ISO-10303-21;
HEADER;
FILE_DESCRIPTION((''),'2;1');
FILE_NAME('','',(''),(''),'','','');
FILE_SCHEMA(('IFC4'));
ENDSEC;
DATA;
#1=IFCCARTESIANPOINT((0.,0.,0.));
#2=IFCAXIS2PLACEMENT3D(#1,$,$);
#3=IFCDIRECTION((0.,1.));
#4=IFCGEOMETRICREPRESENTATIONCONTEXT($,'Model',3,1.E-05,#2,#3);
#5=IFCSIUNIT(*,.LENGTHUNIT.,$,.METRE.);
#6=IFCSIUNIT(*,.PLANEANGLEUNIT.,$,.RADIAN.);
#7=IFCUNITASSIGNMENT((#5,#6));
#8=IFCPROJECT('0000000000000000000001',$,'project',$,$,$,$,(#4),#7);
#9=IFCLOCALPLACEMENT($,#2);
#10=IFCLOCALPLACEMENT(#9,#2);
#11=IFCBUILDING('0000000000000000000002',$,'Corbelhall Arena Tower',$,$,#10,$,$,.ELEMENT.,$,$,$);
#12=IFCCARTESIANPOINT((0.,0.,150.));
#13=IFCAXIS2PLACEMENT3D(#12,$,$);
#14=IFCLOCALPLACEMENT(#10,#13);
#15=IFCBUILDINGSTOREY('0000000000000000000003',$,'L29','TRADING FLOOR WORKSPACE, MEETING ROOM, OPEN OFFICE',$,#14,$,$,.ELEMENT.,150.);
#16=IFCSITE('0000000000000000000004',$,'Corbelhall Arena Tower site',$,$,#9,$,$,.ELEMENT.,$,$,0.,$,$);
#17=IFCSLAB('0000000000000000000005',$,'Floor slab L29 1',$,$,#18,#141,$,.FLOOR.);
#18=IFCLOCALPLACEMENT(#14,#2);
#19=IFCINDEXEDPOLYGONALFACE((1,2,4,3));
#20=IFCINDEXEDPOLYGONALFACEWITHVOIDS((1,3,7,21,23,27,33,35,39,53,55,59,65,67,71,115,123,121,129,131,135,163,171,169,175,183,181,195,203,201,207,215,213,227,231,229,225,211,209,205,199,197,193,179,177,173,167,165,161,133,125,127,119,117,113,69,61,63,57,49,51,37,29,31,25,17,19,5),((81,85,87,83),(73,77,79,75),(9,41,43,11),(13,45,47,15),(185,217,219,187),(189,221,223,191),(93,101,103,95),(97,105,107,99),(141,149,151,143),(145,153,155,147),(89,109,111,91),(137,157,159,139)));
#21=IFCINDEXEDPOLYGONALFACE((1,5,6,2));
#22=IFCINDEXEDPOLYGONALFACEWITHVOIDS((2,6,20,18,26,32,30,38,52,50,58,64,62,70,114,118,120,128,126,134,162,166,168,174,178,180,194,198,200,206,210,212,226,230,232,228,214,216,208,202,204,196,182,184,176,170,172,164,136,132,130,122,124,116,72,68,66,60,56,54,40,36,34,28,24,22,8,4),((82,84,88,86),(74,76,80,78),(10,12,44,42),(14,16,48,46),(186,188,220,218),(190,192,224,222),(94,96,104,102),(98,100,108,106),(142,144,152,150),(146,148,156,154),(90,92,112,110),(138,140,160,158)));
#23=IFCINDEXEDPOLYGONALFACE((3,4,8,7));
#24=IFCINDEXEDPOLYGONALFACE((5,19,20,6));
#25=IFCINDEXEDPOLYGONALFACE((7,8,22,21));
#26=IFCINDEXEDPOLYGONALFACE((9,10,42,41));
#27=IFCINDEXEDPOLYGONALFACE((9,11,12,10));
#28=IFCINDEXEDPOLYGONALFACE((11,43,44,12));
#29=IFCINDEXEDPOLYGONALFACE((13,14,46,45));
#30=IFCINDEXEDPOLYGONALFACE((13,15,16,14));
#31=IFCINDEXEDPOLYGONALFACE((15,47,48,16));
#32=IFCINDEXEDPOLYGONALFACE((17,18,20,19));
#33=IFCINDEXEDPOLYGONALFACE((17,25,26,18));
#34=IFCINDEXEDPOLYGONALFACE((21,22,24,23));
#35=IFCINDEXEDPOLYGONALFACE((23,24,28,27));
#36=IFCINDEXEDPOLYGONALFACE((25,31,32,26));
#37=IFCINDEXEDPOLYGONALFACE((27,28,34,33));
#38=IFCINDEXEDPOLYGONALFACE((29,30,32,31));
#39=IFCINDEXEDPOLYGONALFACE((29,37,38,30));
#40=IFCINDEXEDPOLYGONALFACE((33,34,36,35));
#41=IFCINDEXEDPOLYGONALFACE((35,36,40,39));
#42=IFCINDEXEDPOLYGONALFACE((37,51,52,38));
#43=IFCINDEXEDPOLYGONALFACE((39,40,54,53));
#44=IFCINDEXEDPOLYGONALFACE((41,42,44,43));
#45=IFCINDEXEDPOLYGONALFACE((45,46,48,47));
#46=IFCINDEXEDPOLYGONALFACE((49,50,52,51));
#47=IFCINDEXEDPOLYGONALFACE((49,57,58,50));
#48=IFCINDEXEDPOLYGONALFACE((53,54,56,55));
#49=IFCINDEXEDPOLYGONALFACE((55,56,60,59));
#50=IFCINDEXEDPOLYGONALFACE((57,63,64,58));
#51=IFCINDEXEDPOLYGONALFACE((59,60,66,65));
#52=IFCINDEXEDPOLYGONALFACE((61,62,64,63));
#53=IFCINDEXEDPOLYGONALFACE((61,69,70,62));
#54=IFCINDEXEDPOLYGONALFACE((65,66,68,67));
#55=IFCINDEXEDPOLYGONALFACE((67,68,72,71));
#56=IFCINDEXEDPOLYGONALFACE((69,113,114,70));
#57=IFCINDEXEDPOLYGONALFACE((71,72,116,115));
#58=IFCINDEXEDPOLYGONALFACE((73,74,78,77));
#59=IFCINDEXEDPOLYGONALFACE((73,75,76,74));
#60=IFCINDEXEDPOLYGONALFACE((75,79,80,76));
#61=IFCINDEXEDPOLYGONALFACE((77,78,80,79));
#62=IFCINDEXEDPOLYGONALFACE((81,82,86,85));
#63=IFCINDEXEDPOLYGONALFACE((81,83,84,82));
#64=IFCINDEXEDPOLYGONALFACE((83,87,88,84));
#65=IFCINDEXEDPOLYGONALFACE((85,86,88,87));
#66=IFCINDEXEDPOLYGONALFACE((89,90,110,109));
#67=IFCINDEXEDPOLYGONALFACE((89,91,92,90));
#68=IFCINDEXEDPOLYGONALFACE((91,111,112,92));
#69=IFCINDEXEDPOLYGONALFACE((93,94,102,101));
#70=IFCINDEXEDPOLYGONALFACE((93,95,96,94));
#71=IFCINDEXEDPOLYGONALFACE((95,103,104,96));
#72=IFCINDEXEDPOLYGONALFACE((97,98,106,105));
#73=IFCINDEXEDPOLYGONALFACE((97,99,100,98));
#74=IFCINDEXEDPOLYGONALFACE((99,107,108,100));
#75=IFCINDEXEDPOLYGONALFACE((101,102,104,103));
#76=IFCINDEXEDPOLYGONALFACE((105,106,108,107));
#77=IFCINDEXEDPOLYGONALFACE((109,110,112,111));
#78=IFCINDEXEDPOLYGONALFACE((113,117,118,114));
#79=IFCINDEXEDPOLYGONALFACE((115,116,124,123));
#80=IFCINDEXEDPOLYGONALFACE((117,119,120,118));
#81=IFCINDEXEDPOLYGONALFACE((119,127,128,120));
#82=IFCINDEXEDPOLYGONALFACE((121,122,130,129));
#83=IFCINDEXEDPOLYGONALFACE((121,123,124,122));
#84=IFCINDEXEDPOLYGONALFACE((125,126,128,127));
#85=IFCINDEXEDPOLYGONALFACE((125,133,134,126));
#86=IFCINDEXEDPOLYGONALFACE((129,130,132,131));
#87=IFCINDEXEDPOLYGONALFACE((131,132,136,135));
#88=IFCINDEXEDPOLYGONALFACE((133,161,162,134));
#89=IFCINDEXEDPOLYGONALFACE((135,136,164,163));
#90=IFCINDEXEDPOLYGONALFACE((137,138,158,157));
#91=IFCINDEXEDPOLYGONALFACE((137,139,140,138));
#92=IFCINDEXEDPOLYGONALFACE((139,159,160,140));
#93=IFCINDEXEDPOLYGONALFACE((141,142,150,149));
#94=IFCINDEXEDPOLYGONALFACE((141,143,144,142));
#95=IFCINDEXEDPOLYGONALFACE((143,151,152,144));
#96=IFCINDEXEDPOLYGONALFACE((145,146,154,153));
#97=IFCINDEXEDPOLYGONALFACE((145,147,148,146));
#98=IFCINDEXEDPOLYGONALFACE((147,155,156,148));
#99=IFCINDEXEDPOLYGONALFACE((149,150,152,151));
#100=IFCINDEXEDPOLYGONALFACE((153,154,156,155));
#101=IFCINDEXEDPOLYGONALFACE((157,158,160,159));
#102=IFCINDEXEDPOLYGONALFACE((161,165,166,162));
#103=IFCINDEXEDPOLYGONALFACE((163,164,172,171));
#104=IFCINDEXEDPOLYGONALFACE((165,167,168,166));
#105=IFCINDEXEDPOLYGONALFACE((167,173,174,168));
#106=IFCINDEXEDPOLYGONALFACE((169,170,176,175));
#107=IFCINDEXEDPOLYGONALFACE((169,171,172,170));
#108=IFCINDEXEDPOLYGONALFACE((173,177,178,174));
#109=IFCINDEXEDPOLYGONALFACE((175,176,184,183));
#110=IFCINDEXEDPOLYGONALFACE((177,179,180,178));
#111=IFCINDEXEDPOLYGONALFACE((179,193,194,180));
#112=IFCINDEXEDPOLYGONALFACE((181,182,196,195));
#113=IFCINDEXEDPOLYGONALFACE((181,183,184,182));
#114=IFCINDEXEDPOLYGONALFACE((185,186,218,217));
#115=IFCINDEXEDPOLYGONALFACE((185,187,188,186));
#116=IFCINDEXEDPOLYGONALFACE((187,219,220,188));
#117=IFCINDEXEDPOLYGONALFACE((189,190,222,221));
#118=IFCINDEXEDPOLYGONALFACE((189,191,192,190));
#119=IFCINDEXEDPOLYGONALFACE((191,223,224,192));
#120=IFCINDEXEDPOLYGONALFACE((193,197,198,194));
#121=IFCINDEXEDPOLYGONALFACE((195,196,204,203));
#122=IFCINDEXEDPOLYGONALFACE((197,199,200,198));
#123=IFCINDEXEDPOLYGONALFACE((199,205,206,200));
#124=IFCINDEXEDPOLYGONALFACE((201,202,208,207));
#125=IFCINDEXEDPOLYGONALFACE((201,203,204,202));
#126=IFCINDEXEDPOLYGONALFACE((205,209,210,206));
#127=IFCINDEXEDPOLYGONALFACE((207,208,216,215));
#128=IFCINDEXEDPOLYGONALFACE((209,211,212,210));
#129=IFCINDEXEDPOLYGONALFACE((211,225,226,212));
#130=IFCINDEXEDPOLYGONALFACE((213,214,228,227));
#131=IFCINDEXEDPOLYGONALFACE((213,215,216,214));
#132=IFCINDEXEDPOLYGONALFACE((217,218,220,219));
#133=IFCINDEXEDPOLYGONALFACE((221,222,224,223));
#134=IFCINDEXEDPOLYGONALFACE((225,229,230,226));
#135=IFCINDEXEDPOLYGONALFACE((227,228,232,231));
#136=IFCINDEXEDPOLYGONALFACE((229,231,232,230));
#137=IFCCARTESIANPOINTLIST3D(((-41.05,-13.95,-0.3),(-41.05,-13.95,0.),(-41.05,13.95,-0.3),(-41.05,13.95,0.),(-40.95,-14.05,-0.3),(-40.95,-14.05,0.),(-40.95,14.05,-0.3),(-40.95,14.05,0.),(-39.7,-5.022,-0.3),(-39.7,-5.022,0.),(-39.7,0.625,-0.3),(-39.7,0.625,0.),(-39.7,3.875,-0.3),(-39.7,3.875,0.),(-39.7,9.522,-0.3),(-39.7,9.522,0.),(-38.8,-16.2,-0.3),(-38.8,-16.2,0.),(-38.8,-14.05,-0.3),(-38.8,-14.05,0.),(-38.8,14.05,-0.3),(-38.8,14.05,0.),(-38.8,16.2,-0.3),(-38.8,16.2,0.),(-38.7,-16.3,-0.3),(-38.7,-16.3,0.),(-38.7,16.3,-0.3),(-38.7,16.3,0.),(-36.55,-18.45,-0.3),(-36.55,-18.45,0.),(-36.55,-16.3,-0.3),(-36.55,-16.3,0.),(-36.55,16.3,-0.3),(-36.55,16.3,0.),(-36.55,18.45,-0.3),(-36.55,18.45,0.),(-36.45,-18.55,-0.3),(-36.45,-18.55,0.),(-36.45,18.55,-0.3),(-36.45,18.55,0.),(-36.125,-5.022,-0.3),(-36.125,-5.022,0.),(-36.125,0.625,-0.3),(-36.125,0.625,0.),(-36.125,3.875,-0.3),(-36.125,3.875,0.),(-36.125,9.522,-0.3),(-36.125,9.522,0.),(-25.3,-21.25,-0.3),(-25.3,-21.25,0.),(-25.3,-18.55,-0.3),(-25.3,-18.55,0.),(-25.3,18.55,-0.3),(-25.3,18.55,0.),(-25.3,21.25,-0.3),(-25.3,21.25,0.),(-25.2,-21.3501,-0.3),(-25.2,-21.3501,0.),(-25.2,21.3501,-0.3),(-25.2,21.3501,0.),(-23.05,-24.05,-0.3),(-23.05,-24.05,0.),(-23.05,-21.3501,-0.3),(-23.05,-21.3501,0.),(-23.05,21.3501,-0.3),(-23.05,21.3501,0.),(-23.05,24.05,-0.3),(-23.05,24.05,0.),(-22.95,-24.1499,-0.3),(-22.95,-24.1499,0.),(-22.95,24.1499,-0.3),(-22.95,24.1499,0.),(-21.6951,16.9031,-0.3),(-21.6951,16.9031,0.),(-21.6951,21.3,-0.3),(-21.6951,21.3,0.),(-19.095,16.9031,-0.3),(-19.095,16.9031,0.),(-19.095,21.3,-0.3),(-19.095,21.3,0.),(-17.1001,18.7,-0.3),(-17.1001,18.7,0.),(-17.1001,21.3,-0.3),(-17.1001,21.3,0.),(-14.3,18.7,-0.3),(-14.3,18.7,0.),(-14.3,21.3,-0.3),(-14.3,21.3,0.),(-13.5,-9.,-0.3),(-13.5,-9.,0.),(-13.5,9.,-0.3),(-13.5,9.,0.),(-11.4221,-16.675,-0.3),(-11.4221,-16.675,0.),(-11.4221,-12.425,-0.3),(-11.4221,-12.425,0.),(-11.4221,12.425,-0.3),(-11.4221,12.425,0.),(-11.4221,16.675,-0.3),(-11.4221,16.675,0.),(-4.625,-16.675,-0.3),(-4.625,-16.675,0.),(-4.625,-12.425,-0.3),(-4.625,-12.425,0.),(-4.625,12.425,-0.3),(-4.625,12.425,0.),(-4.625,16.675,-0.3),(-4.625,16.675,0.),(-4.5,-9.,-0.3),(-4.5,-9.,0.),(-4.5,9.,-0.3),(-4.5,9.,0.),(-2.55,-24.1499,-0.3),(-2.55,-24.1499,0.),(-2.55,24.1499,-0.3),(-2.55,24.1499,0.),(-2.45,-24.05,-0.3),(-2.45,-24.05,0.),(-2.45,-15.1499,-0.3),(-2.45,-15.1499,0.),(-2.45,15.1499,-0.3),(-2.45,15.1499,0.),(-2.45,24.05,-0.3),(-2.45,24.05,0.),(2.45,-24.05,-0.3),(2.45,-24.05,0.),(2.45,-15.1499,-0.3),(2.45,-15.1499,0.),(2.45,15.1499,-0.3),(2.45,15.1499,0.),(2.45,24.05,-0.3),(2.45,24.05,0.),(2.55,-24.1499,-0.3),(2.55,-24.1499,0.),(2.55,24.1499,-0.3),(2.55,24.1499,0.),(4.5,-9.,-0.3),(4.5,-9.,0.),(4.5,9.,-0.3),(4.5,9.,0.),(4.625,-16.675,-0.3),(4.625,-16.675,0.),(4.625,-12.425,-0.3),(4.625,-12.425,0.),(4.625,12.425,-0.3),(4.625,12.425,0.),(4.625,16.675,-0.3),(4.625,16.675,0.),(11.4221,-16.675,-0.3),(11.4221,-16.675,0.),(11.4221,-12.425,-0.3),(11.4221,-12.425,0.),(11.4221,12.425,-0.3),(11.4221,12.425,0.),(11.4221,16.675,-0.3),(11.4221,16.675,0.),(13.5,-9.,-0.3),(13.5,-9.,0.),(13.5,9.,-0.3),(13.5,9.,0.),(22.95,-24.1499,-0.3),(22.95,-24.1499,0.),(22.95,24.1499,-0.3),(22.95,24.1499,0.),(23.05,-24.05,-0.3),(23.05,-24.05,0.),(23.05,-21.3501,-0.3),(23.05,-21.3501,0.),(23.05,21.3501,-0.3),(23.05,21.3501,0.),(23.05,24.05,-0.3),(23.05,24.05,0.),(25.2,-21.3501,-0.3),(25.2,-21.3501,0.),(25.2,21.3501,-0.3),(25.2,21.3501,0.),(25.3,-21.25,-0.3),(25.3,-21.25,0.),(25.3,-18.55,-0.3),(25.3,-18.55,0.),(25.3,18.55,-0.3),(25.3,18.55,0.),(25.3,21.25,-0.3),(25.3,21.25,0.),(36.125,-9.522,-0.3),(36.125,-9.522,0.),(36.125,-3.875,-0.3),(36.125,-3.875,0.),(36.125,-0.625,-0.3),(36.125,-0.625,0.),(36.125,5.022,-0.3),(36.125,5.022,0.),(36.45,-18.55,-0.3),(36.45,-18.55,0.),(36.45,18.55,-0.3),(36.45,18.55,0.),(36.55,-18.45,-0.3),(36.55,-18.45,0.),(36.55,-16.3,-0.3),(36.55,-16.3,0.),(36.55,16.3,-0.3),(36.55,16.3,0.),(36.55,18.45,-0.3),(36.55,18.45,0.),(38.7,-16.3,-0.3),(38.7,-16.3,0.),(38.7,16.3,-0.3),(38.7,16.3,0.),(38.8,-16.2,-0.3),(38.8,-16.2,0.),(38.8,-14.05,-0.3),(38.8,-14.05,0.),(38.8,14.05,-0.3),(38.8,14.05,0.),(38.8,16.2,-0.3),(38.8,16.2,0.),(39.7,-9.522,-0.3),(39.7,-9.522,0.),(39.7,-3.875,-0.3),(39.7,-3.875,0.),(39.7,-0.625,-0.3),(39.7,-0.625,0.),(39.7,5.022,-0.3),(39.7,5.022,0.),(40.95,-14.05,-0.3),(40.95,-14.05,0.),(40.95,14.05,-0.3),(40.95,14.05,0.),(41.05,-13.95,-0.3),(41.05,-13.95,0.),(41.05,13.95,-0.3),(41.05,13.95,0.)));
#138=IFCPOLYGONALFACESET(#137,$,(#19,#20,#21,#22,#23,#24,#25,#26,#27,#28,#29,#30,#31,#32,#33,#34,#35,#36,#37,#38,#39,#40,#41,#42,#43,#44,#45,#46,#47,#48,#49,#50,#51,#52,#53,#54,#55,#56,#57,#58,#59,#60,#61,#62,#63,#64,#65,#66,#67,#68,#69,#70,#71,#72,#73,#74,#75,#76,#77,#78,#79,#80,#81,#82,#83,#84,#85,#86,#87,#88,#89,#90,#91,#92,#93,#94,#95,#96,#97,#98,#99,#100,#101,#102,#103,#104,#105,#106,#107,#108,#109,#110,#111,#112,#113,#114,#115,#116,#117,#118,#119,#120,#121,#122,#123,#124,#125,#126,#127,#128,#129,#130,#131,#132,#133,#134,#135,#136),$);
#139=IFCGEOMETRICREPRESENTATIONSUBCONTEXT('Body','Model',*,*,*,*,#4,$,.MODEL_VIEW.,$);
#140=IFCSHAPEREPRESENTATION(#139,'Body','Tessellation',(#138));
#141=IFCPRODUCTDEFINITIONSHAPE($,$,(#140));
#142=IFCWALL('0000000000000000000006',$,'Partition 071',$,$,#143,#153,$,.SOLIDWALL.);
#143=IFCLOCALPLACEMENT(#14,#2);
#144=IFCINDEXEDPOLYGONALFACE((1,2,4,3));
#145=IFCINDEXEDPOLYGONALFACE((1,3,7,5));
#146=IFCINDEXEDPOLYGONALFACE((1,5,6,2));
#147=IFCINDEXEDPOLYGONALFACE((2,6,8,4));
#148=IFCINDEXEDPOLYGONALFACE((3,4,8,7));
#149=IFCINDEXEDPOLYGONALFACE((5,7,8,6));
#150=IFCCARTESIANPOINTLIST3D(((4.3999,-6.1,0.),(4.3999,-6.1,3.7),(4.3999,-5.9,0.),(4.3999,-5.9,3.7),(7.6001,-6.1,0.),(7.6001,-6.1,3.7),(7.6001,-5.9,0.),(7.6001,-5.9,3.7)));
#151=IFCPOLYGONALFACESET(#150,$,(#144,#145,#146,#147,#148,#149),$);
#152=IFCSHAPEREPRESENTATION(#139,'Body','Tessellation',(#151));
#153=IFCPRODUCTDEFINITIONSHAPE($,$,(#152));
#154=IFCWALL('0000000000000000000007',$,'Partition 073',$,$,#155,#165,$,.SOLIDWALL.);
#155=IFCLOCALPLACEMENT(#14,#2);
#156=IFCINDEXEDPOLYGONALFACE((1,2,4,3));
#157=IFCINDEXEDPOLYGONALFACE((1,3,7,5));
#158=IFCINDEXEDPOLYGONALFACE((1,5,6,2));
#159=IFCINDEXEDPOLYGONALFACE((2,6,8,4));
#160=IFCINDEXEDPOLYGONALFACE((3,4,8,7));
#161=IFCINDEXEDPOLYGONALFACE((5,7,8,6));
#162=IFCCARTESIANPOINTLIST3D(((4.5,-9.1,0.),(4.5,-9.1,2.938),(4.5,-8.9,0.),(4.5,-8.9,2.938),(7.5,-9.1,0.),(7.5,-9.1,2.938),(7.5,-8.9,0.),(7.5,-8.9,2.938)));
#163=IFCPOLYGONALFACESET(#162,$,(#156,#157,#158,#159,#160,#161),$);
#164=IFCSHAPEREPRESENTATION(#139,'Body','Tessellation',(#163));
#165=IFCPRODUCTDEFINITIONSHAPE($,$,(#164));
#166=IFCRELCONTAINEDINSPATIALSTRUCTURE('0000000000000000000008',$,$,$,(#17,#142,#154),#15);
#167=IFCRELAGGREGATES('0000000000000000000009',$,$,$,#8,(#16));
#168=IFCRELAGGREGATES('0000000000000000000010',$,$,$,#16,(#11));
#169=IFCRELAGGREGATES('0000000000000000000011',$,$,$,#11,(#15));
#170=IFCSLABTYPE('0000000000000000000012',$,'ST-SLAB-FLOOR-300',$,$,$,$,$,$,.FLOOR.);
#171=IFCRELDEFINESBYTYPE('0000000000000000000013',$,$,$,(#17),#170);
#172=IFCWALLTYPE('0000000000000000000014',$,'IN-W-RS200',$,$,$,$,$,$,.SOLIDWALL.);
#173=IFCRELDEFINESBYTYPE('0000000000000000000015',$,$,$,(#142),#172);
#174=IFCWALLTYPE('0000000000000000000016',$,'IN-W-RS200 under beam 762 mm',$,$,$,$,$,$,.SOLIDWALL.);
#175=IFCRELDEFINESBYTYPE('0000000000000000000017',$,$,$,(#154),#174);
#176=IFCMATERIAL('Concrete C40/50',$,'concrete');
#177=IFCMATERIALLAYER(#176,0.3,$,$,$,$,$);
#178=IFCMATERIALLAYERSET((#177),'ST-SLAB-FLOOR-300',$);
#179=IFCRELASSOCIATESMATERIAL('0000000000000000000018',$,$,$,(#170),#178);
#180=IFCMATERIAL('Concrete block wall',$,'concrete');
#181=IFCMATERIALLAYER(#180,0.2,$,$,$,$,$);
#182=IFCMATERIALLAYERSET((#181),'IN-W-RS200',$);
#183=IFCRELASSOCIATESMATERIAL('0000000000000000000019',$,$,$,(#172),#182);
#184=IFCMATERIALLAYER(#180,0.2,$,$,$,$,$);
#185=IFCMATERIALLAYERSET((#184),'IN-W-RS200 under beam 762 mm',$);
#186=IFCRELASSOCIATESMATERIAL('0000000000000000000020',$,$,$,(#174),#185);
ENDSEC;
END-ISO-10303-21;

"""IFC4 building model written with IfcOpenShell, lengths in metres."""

from ifc_helpers import new_model, si_unit, direction, frame, frame_2d, origin, place, context, subcontext, project, spatial, polyline, rectangle, outline, extrude, material, layer, layer_set, type_object, element, save


model = new_model("IFC4")

# Units and contexts
model_context = context("Model", 3, precision=1e-05, world=origin(), true_north=direction((0.0, 1.0)))
body_context = subcontext(model_context, "Body", "Model", "MODEL_VIEW")
ifc_project = project(units=[si_unit("LENGTHUNIT", "METRE"), si_unit("PLANEANGLEUNIT", "RADIAN")], contexts=[model_context])

# Site, building, storey
site_placement = place(None, origin())
site = spatial("IfcSite", under=ifc_project, at=site_placement, Name="Corbelhall Arena Tower site", CompositionType="ELEMENT", RefElevation=0.0)
building_placement = place(site_placement, origin())
building = spatial("IfcBuilding", under=site, at=building_placement, Name="Corbelhall Arena Tower", CompositionType="ELEMENT")
storey_placement = place(building_placement, frame((0.0, 0.0, 150.0)))
storey = spatial("IfcBuildingStorey", under=building, at=storey_placement, Name="L29", Description="TRADING FLOOR WORKSPACE, MEETING ROOM, OPEN OFFICE", CompositionType="ELEMENT", Elevation=150.0)

# Shared definitions
ifc_material_1 = material(Name="Concrete C40/50", Category="concrete")

# Slab
ifc_layer_1 = layer(ifc_material_1, 0.3)
ifc_layer_set_1 = layer_set([ifc_layer_1], Name="ST-SLAB-FLOOR-300")
slab_type_1 = type_object("IfcSlabType", Name="ST-SLAB-FLOOR-300", PredefinedType="FLOOR", material=ifc_layer_set_1)
slab_1_placement = place(storey_placement, frame((0.0, 0.0, -0.3)))
element("IfcSlab", 1, at=slab_1_placement, inside=storey, type_object=slab_type_1, Name="Floor slab L29 1", PredefinedType="FLOOR", context=body_context, shape_type="SweptSolid", body=[
    extrude(outline(polyline([(25.3, 18.55), (25.3, 21.25), (25.2, 21.3501), (23.05, 21.3501), (23.05, 24.05), (22.95, 24.1499), (2.55, 24.1499), (2.45, 24.05), (2.45, 15.1499), (-2.45, 15.1499), (-2.45, 24.05), (-2.55, 24.1499), (-22.95, 24.1499), (-23.05, 24.05), (-23.05, 21.3501), (-25.2, 21.3501), (-25.3, 21.25), (-25.3, 18.55), (-36.45, 18.55), (-36.55, 18.45), (-36.55, 16.3), (-38.7, 16.3), (-38.8, 16.2), (-38.8, 14.05), (-40.95, 14.05), (-41.05, 13.95), (-41.05, -13.95), (-40.95, -14.05), (-38.8, -14.05), (-38.8, -16.2), (-38.7, -16.3), (-36.55, -16.3), (-36.55, -18.45), (-36.45, -18.55), (-25.3, -18.55), (-25.3, -21.25), (-25.2, -21.3501), (-23.05, -21.3501), (-23.05, -24.05), (-22.95, -24.1499), (-2.55, -24.1499), (-2.45, -24.05), (-2.45, -15.1499), (2.45, -15.1499), (2.45, -24.05), (2.55, -24.1499), (22.95, -24.1499), (23.05, -24.05), (23.05, -21.3501), (25.2, -21.3501), (25.3, -21.25), (25.3, -18.55), (36.45, -18.55), (36.55, -18.45), (36.55, -16.3), (38.7, -16.3), (38.8, -16.2), (38.8, -14.05), (40.95, -14.05), (41.05, -13.95), (41.05, 13.95), (40.95, 14.05), (38.8, 14.05), (38.8, 16.2), (38.7, 16.3), (36.55, 16.3), (36.55, 18.45), (36.45, 18.55), (25.3, 18.55)]), holes=[polyline([(-13.5, 9.0), (-13.5, -9.0), (-4.5, -9.0), (-4.5, 9.0), (-13.5, 9.0)]), polyline([(4.5, 9.0), (4.5, -9.0), (13.5, -9.0), (13.5, 9.0), (4.5, 9.0)]), polyline([(-4.625, 16.675), (-11.4221, 16.675), (-11.4221, 12.425), (-4.625, 12.425), (-4.625, 16.675)]), polyline([(-4.625, -16.675), (-4.625, -12.425), (-11.4221, -12.425), (-11.4221, -16.675), (-4.625, -16.675)]), polyline([(11.4221, 16.675), (4.625, 16.675), (4.625, 12.425), (11.4221, 12.425), (11.4221, 16.675)]), polyline([(11.4221, -16.675), (11.4221, -12.425), (4.625, -12.425), (4.625, -16.675), (11.4221, -16.675)]), polyline([(-36.125, 3.875), (-36.125, 9.522), (-39.7, 9.522), (-39.7, 3.875), (-36.125, 3.875)]), polyline([(-36.125, 0.625), (-39.7, 0.625), (-39.7, -5.022), (-36.125, -5.022), (-36.125, 0.625)]), polyline([(39.7, -9.522), (39.7, -3.875), (36.125, -3.875), (36.125, -9.522), (39.7, -9.522)]), polyline([(39.7, 5.022), (36.125, 5.022), (36.125, -0.625), (39.7, -0.625), (39.7, 5.022)]), polyline([(-21.6951, 21.3), (-21.6951, 16.9031), (-19.095, 16.9031), (-19.095, 21.3), (-21.6951, 21.3)]), polyline([(-14.3, 21.3), (-17.1001, 21.3), (-17.1001, 18.7), (-14.3, 18.7), (-14.3, 21.3)])]), origin(), (0.0, 0.0, 1.0), 0.3),
])

# Wall
ifc_material_2 = material(Name="Concrete block wall", Category="concrete")
ifc_layer_2 = layer(ifc_material_2, 0.2)
ifc_layer_set_2 = layer_set([ifc_layer_2], Name="IN-W-RS200")
wall_type_1 = type_object("IfcWallType", Name="IN-W-RS200", PredefinedType="SOLIDWALL", material=ifc_layer_set_2)
wall_1_placement = place(storey_placement, frame((4.3999, -6.0, 0.0), z_axis=(0.0, 0.0, 1.0), x_axis=(1.0, 0.0, 0.0)))
element("IfcWall", 2, at=wall_1_placement, inside=storey, type_object=wall_type_1, Name="Partition 071", PredefinedType="SOLIDWALL", context=body_context, shape_type="SweptSolid", body=[
    extrude(rectangle(XDim=3.2002, YDim=0.2, at=frame_2d((1.6001, 0.0))), origin(), (0.0, 0.0, 1.0), 3.7),
])

# Shared definitions
ifc_layer_3 = layer(ifc_material_2, 0.2)
ifc_layer_set_3 = layer_set([ifc_layer_3], Name="IN-W-RS200 under beam 762 mm")
wall_type_2 = type_object("IfcWallType", Name="IN-W-RS200 under beam 762 mm", PredefinedType="SOLIDWALL", material=ifc_layer_set_3)

# Wall
wall_2_placement = place(storey_placement, frame((7.5, -9.0, 0.0), z_axis=(0.0, 0.0, 1.0), x_axis=(-1.0, 0.0, 0.0)))
element("IfcWall", 3, at=wall_2_placement, inside=storey, type_object=wall_type_2, Name="Partition 073", PredefinedType="SOLIDWALL", context=body_context, shape_type="SweptSolid", body=[
    extrude(rectangle(XDim=3.0, YDim=0.2, at=frame_2d((1.5, 0.0))), origin(), (0.0, 0.0, 1.0), 2.938),
])

save(model, "model.ifc")
